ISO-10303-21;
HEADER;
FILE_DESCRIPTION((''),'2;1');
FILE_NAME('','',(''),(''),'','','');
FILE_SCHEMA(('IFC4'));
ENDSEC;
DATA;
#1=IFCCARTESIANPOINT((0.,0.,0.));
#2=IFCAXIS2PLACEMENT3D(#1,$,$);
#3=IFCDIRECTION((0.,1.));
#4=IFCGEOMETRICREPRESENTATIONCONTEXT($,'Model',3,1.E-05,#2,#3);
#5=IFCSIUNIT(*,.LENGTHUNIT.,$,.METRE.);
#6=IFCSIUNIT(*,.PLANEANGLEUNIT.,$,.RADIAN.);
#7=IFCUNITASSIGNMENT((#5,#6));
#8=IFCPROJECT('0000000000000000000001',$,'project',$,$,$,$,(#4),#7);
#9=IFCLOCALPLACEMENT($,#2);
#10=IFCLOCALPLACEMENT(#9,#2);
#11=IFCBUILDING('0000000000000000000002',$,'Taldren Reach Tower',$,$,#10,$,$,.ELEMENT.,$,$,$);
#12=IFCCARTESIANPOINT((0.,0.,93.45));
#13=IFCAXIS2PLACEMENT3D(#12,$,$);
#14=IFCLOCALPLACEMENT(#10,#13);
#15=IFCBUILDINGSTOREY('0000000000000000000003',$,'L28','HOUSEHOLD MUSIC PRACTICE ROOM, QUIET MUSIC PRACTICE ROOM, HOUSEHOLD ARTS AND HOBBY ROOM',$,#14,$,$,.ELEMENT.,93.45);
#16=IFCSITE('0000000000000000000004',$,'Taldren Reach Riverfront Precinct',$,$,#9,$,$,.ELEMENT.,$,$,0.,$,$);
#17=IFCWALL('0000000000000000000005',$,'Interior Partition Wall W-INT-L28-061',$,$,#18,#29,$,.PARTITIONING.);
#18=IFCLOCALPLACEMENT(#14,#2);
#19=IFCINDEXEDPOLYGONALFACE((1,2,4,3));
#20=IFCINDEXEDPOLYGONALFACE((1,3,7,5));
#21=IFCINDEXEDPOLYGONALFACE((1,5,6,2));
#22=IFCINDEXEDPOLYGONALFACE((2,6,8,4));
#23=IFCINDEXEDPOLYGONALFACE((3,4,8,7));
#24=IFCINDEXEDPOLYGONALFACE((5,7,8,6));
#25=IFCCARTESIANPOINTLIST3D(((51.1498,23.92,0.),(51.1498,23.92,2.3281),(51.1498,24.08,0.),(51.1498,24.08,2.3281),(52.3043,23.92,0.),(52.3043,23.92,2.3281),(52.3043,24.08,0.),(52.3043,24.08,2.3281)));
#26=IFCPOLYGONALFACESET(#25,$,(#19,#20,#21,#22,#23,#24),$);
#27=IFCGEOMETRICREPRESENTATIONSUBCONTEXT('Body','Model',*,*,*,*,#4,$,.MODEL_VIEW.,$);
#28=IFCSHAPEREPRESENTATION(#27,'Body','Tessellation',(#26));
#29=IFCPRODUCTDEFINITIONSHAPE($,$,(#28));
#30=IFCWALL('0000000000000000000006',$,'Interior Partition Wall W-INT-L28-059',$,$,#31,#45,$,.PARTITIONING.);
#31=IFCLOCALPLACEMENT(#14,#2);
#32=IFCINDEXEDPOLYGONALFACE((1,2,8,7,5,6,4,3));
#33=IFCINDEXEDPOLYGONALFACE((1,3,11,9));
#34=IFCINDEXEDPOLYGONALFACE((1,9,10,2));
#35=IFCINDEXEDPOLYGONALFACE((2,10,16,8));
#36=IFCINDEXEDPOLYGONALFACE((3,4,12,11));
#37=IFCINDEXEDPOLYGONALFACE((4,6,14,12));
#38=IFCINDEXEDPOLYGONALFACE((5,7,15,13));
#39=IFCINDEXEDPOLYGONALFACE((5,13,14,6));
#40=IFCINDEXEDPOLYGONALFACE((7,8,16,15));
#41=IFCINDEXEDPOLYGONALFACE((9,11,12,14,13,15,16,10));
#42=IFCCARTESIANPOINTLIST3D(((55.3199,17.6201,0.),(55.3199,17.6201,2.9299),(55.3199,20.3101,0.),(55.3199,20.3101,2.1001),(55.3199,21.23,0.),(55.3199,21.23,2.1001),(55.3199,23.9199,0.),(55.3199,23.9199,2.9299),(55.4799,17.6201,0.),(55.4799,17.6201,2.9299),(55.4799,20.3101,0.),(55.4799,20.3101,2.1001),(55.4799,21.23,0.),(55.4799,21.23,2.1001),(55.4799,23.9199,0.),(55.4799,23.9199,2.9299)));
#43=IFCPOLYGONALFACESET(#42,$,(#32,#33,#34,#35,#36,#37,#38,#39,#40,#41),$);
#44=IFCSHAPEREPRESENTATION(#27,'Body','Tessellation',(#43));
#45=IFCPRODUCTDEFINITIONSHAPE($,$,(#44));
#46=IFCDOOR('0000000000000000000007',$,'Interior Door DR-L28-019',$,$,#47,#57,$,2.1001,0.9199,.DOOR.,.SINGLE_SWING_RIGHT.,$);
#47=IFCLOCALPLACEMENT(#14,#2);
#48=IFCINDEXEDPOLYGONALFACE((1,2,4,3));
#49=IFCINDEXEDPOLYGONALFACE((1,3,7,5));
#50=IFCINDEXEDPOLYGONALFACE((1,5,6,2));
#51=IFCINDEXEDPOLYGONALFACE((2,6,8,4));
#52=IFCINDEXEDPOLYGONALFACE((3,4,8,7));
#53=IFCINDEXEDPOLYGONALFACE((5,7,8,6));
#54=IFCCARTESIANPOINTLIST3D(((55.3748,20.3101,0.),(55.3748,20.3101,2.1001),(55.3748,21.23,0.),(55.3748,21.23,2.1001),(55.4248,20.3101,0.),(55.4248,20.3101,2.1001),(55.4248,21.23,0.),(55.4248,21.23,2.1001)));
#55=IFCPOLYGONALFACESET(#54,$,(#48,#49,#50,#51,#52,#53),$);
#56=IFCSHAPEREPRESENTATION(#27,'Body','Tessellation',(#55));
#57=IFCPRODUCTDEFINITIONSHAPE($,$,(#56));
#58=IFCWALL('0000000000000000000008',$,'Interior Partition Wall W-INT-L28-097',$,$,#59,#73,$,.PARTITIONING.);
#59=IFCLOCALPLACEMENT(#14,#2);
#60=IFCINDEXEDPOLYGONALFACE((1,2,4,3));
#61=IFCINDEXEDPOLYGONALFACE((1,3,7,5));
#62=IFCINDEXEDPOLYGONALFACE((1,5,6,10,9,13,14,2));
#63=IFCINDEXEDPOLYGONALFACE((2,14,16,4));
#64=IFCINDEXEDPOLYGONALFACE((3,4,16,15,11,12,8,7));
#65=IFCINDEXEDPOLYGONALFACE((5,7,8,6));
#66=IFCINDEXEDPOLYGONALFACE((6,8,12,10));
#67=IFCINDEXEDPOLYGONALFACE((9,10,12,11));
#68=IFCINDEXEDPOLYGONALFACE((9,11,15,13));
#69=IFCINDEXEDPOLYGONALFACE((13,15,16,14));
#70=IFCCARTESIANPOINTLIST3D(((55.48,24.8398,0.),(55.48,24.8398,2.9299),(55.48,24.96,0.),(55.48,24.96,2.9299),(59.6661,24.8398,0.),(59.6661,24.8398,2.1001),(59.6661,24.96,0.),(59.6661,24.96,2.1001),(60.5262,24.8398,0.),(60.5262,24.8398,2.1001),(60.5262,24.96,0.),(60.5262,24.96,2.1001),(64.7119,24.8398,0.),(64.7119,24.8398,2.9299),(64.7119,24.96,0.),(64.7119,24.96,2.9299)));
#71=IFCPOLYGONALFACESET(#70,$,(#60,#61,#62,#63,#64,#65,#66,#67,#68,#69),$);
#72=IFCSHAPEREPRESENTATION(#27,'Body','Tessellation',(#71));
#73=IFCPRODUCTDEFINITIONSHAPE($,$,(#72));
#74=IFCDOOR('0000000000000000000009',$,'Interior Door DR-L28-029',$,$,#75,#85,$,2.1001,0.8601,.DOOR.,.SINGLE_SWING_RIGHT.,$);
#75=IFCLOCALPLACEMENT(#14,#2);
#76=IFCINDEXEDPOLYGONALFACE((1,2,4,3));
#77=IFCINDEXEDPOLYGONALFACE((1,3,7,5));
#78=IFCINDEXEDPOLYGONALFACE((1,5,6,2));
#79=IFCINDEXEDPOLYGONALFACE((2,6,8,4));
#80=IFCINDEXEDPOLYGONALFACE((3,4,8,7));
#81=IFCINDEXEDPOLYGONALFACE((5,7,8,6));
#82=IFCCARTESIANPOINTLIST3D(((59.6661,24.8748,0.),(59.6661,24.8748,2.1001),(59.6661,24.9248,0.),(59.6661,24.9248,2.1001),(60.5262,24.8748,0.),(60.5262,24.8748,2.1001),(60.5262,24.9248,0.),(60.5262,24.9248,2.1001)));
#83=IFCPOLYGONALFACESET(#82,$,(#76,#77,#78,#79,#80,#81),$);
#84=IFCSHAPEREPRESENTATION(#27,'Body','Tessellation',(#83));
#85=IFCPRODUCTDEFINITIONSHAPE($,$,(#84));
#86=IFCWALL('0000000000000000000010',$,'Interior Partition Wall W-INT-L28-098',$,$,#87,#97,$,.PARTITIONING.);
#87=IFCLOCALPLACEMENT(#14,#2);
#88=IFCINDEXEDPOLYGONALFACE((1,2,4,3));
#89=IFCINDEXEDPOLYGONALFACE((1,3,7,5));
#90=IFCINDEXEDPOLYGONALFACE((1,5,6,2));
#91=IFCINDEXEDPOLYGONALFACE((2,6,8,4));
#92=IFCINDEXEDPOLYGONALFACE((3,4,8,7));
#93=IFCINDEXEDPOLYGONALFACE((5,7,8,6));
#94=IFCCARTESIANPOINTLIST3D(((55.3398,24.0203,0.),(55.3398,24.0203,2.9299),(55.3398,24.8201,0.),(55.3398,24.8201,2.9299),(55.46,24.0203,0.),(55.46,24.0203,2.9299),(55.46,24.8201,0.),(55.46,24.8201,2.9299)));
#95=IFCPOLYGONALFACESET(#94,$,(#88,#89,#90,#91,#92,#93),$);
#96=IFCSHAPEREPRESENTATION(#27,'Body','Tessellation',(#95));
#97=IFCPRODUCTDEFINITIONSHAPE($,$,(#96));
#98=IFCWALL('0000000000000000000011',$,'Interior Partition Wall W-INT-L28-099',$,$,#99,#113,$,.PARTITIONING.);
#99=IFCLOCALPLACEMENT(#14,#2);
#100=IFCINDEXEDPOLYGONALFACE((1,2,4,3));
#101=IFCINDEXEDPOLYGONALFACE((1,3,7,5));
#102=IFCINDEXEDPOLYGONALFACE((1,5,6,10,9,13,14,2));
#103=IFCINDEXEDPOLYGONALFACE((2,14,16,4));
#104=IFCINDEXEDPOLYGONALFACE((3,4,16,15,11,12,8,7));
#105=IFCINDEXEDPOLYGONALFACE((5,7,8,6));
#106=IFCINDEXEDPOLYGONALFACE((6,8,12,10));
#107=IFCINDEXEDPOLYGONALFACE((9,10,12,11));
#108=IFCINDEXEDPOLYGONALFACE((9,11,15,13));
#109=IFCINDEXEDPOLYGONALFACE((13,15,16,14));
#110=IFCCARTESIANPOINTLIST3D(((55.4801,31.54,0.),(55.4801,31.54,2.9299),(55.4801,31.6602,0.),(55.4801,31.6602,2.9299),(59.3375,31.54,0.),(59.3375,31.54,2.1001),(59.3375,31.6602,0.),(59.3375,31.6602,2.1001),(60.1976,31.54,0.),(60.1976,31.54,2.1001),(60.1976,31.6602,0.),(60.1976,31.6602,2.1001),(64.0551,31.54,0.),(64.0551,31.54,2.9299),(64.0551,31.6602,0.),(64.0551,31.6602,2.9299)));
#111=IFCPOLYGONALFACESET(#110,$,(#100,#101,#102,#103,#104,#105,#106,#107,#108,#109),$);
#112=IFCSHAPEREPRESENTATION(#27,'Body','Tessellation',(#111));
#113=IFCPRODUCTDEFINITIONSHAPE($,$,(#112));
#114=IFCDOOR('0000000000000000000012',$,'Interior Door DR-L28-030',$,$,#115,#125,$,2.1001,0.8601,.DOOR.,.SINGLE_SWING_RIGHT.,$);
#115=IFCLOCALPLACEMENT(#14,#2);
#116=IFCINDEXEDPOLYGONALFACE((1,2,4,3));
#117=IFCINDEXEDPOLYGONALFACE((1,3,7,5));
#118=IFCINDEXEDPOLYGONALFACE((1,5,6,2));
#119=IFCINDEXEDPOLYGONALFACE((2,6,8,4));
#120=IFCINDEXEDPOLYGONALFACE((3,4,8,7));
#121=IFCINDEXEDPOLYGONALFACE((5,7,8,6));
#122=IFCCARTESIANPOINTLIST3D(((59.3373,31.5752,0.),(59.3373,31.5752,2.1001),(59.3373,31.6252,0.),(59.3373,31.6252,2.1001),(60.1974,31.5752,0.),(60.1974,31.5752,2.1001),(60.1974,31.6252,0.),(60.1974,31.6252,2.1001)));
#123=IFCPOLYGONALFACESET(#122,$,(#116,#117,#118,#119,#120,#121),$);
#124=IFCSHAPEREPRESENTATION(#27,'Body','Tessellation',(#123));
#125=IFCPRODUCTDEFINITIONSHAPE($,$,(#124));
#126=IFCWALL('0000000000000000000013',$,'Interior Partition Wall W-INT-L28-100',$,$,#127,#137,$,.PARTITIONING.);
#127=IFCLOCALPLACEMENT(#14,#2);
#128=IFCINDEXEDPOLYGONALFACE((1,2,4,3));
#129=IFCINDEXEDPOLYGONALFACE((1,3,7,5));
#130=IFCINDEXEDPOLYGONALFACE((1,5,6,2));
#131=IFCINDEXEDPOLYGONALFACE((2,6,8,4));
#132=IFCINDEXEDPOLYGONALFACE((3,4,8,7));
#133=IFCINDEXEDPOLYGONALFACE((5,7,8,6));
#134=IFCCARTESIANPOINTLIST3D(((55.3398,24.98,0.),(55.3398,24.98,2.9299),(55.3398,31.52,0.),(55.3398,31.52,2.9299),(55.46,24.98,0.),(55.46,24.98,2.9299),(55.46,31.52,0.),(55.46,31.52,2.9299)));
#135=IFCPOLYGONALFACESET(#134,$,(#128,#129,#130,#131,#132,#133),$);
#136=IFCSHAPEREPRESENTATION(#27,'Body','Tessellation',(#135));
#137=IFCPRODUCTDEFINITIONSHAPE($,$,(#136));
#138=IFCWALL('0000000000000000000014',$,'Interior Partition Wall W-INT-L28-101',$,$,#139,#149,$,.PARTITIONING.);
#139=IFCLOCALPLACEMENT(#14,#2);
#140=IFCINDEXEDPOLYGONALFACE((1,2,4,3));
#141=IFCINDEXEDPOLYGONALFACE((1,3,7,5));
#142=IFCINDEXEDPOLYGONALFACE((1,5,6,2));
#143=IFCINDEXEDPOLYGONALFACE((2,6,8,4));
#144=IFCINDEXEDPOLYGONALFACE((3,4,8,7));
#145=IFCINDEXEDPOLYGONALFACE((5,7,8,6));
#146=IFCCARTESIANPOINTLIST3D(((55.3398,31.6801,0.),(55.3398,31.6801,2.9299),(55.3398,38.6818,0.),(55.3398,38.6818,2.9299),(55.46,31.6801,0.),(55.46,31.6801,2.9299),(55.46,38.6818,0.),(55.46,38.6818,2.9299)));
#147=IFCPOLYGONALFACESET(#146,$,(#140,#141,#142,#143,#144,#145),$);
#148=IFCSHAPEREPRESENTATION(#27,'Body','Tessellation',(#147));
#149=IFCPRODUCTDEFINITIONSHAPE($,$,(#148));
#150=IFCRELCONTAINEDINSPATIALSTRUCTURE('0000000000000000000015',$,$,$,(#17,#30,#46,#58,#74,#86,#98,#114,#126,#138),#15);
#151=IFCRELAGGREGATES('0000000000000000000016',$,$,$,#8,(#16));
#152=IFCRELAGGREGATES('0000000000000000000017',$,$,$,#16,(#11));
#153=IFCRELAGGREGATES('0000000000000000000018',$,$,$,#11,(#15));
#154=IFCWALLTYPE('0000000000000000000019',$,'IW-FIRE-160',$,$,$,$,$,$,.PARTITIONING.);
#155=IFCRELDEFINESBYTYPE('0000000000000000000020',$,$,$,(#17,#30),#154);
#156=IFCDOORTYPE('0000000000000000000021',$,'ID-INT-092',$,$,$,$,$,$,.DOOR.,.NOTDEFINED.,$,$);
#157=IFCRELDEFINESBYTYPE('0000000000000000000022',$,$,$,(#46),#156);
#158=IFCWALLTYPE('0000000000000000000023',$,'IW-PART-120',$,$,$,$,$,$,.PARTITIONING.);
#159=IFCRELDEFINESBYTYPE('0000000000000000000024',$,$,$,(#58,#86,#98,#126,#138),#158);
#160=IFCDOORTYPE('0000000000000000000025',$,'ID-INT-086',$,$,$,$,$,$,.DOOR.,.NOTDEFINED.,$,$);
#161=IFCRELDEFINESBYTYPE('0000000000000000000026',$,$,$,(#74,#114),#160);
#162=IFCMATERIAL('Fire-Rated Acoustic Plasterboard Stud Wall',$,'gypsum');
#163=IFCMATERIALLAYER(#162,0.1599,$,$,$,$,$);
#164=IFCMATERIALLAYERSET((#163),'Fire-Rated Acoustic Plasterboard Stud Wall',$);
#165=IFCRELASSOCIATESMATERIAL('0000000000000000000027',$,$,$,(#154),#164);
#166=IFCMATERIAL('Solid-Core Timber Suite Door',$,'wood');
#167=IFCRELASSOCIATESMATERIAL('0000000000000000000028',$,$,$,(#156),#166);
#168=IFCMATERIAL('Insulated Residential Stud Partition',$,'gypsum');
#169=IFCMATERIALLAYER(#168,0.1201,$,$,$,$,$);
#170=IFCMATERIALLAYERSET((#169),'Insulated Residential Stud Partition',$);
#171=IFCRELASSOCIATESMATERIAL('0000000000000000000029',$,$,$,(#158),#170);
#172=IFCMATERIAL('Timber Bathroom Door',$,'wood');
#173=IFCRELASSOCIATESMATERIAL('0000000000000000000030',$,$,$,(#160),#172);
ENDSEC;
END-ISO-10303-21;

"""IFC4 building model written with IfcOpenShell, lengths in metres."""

from ifc_helpers import new_model, si_unit, direction, frame, frame_2d, origin, place, context, subcontext, project, spatial, rectangle, extrude, source, transform, mapped, material, layer, layer_set, type_object, element, fill, save


model = new_model("IFC4")

# Units and contexts
model_context = context("Model", 3, precision=1e-05, world=origin(), true_north=direction((0.0, 1.0)))
body_context = subcontext(model_context, "Body", "Model", "MODEL_VIEW")
ifc_project = project(units=[si_unit("LENGTHUNIT", "METRE"), si_unit("PLANEANGLEUNIT", "RADIAN")], contexts=[model_context])

# Site, building, storey
site_placement = place(None, origin())
site = spatial("IfcSite", under=ifc_project, at=site_placement, Name="Taldren Reach Riverfront Precinct", CompositionType="ELEMENT", RefElevation=0.0)
building_placement = place(site_placement, origin())
building = spatial("IfcBuilding", under=site, at=building_placement, Name="Taldren Reach Tower", CompositionType="ELEMENT")
storey_placement = place(building_placement, frame((0.0, 0.0, 93.45)))
storey = spatial("IfcBuildingStorey", under=building, at=storey_placement, Name="L28", Description="HOUSEHOLD MUSIC PRACTICE ROOM, QUIET MUSIC PRACTICE ROOM, HOUSEHOLD ARTS AND HOBBY ROOM", CompositionType="ELEMENT", Elevation=93.45)

# Wall
ifc_material_1 = material(Name="Fire-Rated Acoustic Plasterboard Stud Wall", Category="gypsum")
ifc_layer_1 = layer(ifc_material_1, 0.1599)
ifc_layer_set_1 = layer_set([ifc_layer_1], Name="Fire-Rated Acoustic Plasterboard Stud Wall")
wall_type_1 = type_object("IfcWallType", Name="IW-FIRE-160", PredefinedType="PARTITIONING", material=ifc_layer_set_1)
shared_shape_1 = source(origin(), body_context, "Body", "SweptSolid", [
    extrude(rectangle(XDim=1.1545, YDim=0.1599, at=frame_2d((0.5771, 0.0))), origin(), (0.0, 0.0, 1.0), 2.3281),
])
wall_1_placement = place(storey_placement, frame((51.1499, 24.0, 0.0), z_axis=(0.0, 0.0, 1.0), x_axis=(1.0, 0.0, 0.0)))
element("IfcWall", 1, at=wall_1_placement, inside=storey, type_object=wall_type_1, Name="Interior Partition Wall W-INT-L28-061", PredefinedType="PARTITIONING", context=body_context, shape_type="MappedRepresentation", body=[
    mapped(shared_shape_1, transform((0.0, 0.0, 0.0), scale=1.0)),
])

# Walls, openings, doors
shared_shape_2 = source(origin(), body_context, "Body", "SweptSolid", [
    extrude(rectangle(XDim=6.2998, YDim=0.1599, at=frame_2d((3.1499, 0.0))), origin(), (0.0, 0.0, 1.0), 2.9299),
])
wall_2_placement = place(storey_placement, frame((55.3999, 23.9199, 0.0), z_axis=(0.0, 0.0, 1.0), x_axis=(0.0, -1.0, 0.0)))
wall_2 = element("IfcWall", 2, at=wall_2_placement, inside=storey, type_object=wall_type_1, Name="Interior Partition Wall W-INT-L28-059", PredefinedType="PARTITIONING", context=body_context, shape_type="MappedRepresentation", body=[
    mapped(shared_shape_2, transform((0.0, 0.0, 0.0), scale=1.0)),
])
shared_shape_3 = source(origin(), body_context, "Body", "SweptSolid", [
    extrude(rectangle(XDim=0.9199, YDim=2.1001, at=frame_2d((0.46, 1.05))), frame((0.0, 0.0898, 0.0), z_axis=(0.0, -1.0, 0.0), x_axis=(1.0, 0.0, 0.0)), (0.0, 0.0, 1.0), 0.1799),
])
opening_1_placement = place(wall_2_placement, frame((2.6899, 0.0, 0.0)))
opening_1 = element("IfcOpeningElement", 3, at=opening_1_placement, cuts=wall_2, PredefinedType="OPENING", context=body_context, shape_type="MappedRepresentation", body=[
    mapped(shared_shape_3, transform((0.0, 0.0, 0.0), scale=1.0)),
])
ifc_material_2 = material(Name="Solid-Core Timber Suite Door", Category="wood")
door_type_1 = type_object("IfcDoorType", Name="ID-INT-092", OperationType="NOTDEFINED", PredefinedType="DOOR", material=ifc_material_2)
shared_shape_4 = source(origin(), body_context, "Body", "SweptSolid", [
    extrude(rectangle(XDim=0.9199, YDim=2.1001, at=frame_2d((0.46, 1.05))), frame((0.0, 0.0249, 0.0), z_axis=(0.0, -1.0, 0.0), x_axis=(1.0, 0.0, 0.0)), (0.0, 0.0, 1.0), 0.05),
])
door_1_placement = place(opening_1_placement, origin())
door_1 = element("IfcDoor", 4, at=door_1_placement, inside=storey, type_object=door_type_1, Name="Interior Door DR-L28-019", OperationType="SINGLE_SWING_RIGHT", OverallHeight=2.1001, OverallWidth=0.9199, PredefinedType="DOOR", context=body_context, shape_type="MappedRepresentation", body=[
    mapped(shared_shape_4, transform((0.0, 0.0, 0.0), scale=1.0)),
])
fill(opening_1, door_1)
ifc_material_3 = material(Name="Insulated Residential Stud Partition", Category="gypsum")
ifc_layer_2 = layer(ifc_material_3, 0.1201)
ifc_layer_set_2 = layer_set([ifc_layer_2], Name="Insulated Residential Stud Partition")
wall_type_2 = type_object("IfcWallType", Name="IW-PART-120", PredefinedType="PARTITIONING", material=ifc_layer_set_2)
shared_shape_5 = source(origin(), body_context, "Body", "SweptSolid", [
    extrude(rectangle(XDim=9.2319, YDim=0.1201, at=frame_2d((4.616, 0.0))), origin(), (0.0, 0.0, 1.0), 2.9299),
])
wall_3_placement = place(storey_placement, frame((55.48, 24.8999, 0.0), z_axis=(0.0, 0.0, 1.0), x_axis=(1.0, 0.0, 0.0)))
wall_3 = element("IfcWall", 5, at=wall_3_placement, inside=storey, type_object=wall_type_2, Name="Interior Partition Wall W-INT-L28-097", PredefinedType="PARTITIONING", context=body_context, shape_type="MappedRepresentation", body=[
    mapped(shared_shape_5, transform((0.0, 0.0, 0.0), scale=1.0)),
])
shared_shape_6 = source(origin(), body_context, "Body", "SweptSolid", [
    extrude(rectangle(XDim=0.8601, YDim=2.1001, at=frame_2d((0.4302, 1.05))), frame((0.0, 0.0701, 0.0), z_axis=(0.0, -1.0, 0.0), x_axis=(1.0, 0.0, 0.0)), (0.0, 0.0, 1.0), 0.1401),
])
opening_2_placement = place(wall_3_placement, frame((4.186, 0.0, 0.0)))
opening_2 = element("IfcOpeningElement", 6, at=opening_2_placement, cuts=wall_3, PredefinedType="OPENING", context=body_context, shape_type="MappedRepresentation", body=[
    mapped(shared_shape_6, transform((0.0, 0.0, 0.0), scale=1.0)),
])
ifc_material_4 = material(Name="Timber Bathroom Door", Category="wood")
door_type_2 = type_object("IfcDoorType", Name="ID-INT-086", OperationType="NOTDEFINED", PredefinedType="DOOR", material=ifc_material_4)
shared_shape_7 = source(origin(), body_context, "Body", "SweptSolid", [
    extrude(rectangle(XDim=0.8601, YDim=2.1001, at=frame_2d((0.4302, 1.05))), frame((0.0, 0.0249, 0.0), z_axis=(0.0, -1.0, 0.0), x_axis=(1.0, 0.0, 0.0)), (0.0, 0.0, 1.0), 0.05),
])
door_2_placement = place(opening_2_placement, origin())
door_2 = element("IfcDoor", 7, at=door_2_placement, inside=storey, type_object=door_type_2, Name="Interior Door DR-L28-029", OperationType="SINGLE_SWING_RIGHT", OverallHeight=2.1001, OverallWidth=0.8601, PredefinedType="DOOR", context=body_context, shape_type="MappedRepresentation", body=[
    mapped(shared_shape_7, transform((0.0, 0.0, 0.0), scale=1.0)),
])
fill(opening_2, door_2)

# Wall
shared_shape_8 = source(origin(), body_context, "Body", "SweptSolid", [
    extrude(rectangle(XDim=0.7998, YDim=0.1201, at=frame_2d((0.3999, 0.0))), origin(), (0.0, 0.0, 1.0), 2.9299),
])
wall_4_placement = place(storey_placement, frame((55.3999, 24.0203, 0.0), z_axis=(0.0, 0.0, 1.0), x_axis=(0.0, 1.0, 0.0)))
element("IfcWall", 8, at=wall_4_placement, inside=storey, type_object=wall_type_2, Name="Interior Partition Wall W-INT-L28-098", PredefinedType="PARTITIONING", context=body_context, shape_type="MappedRepresentation", body=[
    mapped(shared_shape_8, transform((0.0, 0.0, 0.0), scale=1.0)),
])

# Wall, opening, door
shared_shape_9 = source(origin(), body_context, "Body", "SweptSolid", [
    extrude(rectangle(XDim=8.575, YDim=0.1201, at=frame_2d((4.2876, 0.0))), origin(), (0.0, 0.0, 1.0), 2.9299),
])
wall_5_placement = place(storey_placement, frame((55.48, 31.6001, 0.0), z_axis=(0.0, 0.0, 1.0), x_axis=(1.0, 0.0, 0.0)))
wall_5 = element("IfcWall", 9, at=wall_5_placement, inside=storey, type_object=wall_type_2, Name="Interior Partition Wall W-INT-L28-099", PredefinedType="PARTITIONING", context=body_context, shape_type="MappedRepresentation", body=[
    mapped(shared_shape_9, transform((0.0, 0.0, 0.0), scale=1.0)),
])
opening_3_placement = place(wall_5_placement, frame((3.8574, 0.0, 0.0)))
opening_3 = element("IfcOpeningElement", 10, at=opening_3_placement, cuts=wall_5, PredefinedType="OPENING", context=body_context, shape_type="MappedRepresentation", body=[
    mapped(shared_shape_6, transform((0.0, 0.0, 0.0), scale=1.0)),
])
door_3_placement = place(opening_3_placement, frame((0.8601, 0.0, 0.0), z_axis=(0.0, 0.0, 1.0), x_axis=(-1.0, 0.0, 0.0)))
door_3 = element("IfcDoor", 11, at=door_3_placement, inside=storey, type_object=door_type_2, Name="Interior Door DR-L28-030", OperationType="SINGLE_SWING_RIGHT", OverallHeight=2.1001, OverallWidth=0.8601, PredefinedType="DOOR", context=body_context, shape_type="MappedRepresentation", body=[
    mapped(shared_shape_7, transform((0.0, 0.0, 0.0), scale=1.0)),
])
fill(opening_3, door_3)

# Walls
shared_shape_10 = source(origin(), body_context, "Body", "SweptSolid", [
    extrude(rectangle(XDim=6.54, YDim=0.1201, at=frame_2d((3.27, 0.0))), origin(), (0.0, 0.0, 1.0), 2.9299),
])
wall_6_placement = place(storey_placement, frame((55.3999, 24.98, 0.0), z_axis=(0.0, 0.0, 1.0), x_axis=(0.0, 1.0, 0.0)))
element("IfcWall", 12, at=wall_6_placement, inside=storey, type_object=wall_type_2, Name="Interior Partition Wall W-INT-L28-100", PredefinedType="PARTITIONING", context=body_context, shape_type="MappedRepresentation", body=[
    mapped(shared_shape_10, transform((0.0, 0.0, 0.0), scale=1.0)),
])
shared_shape_11 = source(origin(), body_context, "Body", "SweptSolid", [
    extrude(rectangle(XDim=7.0017, YDim=0.1201, at=frame_2d((3.501, 0.0))), origin(), (0.0, 0.0, 1.0), 2.9299),
])
wall_7_placement = place(storey_placement, frame((55.3999, 31.6799, 0.0), z_axis=(0.0, 0.0, 1.0), x_axis=(0.0, 1.0, 0.0)))
element("IfcWall", 13, at=wall_7_placement, inside=storey, type_object=wall_type_2, Name="Interior Partition Wall W-INT-L28-101", PredefinedType="PARTITIONING", context=body_context, shape_type="MappedRepresentation", body=[
    mapped(shared_shape_11, transform((0.0, 0.0, 0.0), scale=1.0)),
])

save(model, "model.ifc")
